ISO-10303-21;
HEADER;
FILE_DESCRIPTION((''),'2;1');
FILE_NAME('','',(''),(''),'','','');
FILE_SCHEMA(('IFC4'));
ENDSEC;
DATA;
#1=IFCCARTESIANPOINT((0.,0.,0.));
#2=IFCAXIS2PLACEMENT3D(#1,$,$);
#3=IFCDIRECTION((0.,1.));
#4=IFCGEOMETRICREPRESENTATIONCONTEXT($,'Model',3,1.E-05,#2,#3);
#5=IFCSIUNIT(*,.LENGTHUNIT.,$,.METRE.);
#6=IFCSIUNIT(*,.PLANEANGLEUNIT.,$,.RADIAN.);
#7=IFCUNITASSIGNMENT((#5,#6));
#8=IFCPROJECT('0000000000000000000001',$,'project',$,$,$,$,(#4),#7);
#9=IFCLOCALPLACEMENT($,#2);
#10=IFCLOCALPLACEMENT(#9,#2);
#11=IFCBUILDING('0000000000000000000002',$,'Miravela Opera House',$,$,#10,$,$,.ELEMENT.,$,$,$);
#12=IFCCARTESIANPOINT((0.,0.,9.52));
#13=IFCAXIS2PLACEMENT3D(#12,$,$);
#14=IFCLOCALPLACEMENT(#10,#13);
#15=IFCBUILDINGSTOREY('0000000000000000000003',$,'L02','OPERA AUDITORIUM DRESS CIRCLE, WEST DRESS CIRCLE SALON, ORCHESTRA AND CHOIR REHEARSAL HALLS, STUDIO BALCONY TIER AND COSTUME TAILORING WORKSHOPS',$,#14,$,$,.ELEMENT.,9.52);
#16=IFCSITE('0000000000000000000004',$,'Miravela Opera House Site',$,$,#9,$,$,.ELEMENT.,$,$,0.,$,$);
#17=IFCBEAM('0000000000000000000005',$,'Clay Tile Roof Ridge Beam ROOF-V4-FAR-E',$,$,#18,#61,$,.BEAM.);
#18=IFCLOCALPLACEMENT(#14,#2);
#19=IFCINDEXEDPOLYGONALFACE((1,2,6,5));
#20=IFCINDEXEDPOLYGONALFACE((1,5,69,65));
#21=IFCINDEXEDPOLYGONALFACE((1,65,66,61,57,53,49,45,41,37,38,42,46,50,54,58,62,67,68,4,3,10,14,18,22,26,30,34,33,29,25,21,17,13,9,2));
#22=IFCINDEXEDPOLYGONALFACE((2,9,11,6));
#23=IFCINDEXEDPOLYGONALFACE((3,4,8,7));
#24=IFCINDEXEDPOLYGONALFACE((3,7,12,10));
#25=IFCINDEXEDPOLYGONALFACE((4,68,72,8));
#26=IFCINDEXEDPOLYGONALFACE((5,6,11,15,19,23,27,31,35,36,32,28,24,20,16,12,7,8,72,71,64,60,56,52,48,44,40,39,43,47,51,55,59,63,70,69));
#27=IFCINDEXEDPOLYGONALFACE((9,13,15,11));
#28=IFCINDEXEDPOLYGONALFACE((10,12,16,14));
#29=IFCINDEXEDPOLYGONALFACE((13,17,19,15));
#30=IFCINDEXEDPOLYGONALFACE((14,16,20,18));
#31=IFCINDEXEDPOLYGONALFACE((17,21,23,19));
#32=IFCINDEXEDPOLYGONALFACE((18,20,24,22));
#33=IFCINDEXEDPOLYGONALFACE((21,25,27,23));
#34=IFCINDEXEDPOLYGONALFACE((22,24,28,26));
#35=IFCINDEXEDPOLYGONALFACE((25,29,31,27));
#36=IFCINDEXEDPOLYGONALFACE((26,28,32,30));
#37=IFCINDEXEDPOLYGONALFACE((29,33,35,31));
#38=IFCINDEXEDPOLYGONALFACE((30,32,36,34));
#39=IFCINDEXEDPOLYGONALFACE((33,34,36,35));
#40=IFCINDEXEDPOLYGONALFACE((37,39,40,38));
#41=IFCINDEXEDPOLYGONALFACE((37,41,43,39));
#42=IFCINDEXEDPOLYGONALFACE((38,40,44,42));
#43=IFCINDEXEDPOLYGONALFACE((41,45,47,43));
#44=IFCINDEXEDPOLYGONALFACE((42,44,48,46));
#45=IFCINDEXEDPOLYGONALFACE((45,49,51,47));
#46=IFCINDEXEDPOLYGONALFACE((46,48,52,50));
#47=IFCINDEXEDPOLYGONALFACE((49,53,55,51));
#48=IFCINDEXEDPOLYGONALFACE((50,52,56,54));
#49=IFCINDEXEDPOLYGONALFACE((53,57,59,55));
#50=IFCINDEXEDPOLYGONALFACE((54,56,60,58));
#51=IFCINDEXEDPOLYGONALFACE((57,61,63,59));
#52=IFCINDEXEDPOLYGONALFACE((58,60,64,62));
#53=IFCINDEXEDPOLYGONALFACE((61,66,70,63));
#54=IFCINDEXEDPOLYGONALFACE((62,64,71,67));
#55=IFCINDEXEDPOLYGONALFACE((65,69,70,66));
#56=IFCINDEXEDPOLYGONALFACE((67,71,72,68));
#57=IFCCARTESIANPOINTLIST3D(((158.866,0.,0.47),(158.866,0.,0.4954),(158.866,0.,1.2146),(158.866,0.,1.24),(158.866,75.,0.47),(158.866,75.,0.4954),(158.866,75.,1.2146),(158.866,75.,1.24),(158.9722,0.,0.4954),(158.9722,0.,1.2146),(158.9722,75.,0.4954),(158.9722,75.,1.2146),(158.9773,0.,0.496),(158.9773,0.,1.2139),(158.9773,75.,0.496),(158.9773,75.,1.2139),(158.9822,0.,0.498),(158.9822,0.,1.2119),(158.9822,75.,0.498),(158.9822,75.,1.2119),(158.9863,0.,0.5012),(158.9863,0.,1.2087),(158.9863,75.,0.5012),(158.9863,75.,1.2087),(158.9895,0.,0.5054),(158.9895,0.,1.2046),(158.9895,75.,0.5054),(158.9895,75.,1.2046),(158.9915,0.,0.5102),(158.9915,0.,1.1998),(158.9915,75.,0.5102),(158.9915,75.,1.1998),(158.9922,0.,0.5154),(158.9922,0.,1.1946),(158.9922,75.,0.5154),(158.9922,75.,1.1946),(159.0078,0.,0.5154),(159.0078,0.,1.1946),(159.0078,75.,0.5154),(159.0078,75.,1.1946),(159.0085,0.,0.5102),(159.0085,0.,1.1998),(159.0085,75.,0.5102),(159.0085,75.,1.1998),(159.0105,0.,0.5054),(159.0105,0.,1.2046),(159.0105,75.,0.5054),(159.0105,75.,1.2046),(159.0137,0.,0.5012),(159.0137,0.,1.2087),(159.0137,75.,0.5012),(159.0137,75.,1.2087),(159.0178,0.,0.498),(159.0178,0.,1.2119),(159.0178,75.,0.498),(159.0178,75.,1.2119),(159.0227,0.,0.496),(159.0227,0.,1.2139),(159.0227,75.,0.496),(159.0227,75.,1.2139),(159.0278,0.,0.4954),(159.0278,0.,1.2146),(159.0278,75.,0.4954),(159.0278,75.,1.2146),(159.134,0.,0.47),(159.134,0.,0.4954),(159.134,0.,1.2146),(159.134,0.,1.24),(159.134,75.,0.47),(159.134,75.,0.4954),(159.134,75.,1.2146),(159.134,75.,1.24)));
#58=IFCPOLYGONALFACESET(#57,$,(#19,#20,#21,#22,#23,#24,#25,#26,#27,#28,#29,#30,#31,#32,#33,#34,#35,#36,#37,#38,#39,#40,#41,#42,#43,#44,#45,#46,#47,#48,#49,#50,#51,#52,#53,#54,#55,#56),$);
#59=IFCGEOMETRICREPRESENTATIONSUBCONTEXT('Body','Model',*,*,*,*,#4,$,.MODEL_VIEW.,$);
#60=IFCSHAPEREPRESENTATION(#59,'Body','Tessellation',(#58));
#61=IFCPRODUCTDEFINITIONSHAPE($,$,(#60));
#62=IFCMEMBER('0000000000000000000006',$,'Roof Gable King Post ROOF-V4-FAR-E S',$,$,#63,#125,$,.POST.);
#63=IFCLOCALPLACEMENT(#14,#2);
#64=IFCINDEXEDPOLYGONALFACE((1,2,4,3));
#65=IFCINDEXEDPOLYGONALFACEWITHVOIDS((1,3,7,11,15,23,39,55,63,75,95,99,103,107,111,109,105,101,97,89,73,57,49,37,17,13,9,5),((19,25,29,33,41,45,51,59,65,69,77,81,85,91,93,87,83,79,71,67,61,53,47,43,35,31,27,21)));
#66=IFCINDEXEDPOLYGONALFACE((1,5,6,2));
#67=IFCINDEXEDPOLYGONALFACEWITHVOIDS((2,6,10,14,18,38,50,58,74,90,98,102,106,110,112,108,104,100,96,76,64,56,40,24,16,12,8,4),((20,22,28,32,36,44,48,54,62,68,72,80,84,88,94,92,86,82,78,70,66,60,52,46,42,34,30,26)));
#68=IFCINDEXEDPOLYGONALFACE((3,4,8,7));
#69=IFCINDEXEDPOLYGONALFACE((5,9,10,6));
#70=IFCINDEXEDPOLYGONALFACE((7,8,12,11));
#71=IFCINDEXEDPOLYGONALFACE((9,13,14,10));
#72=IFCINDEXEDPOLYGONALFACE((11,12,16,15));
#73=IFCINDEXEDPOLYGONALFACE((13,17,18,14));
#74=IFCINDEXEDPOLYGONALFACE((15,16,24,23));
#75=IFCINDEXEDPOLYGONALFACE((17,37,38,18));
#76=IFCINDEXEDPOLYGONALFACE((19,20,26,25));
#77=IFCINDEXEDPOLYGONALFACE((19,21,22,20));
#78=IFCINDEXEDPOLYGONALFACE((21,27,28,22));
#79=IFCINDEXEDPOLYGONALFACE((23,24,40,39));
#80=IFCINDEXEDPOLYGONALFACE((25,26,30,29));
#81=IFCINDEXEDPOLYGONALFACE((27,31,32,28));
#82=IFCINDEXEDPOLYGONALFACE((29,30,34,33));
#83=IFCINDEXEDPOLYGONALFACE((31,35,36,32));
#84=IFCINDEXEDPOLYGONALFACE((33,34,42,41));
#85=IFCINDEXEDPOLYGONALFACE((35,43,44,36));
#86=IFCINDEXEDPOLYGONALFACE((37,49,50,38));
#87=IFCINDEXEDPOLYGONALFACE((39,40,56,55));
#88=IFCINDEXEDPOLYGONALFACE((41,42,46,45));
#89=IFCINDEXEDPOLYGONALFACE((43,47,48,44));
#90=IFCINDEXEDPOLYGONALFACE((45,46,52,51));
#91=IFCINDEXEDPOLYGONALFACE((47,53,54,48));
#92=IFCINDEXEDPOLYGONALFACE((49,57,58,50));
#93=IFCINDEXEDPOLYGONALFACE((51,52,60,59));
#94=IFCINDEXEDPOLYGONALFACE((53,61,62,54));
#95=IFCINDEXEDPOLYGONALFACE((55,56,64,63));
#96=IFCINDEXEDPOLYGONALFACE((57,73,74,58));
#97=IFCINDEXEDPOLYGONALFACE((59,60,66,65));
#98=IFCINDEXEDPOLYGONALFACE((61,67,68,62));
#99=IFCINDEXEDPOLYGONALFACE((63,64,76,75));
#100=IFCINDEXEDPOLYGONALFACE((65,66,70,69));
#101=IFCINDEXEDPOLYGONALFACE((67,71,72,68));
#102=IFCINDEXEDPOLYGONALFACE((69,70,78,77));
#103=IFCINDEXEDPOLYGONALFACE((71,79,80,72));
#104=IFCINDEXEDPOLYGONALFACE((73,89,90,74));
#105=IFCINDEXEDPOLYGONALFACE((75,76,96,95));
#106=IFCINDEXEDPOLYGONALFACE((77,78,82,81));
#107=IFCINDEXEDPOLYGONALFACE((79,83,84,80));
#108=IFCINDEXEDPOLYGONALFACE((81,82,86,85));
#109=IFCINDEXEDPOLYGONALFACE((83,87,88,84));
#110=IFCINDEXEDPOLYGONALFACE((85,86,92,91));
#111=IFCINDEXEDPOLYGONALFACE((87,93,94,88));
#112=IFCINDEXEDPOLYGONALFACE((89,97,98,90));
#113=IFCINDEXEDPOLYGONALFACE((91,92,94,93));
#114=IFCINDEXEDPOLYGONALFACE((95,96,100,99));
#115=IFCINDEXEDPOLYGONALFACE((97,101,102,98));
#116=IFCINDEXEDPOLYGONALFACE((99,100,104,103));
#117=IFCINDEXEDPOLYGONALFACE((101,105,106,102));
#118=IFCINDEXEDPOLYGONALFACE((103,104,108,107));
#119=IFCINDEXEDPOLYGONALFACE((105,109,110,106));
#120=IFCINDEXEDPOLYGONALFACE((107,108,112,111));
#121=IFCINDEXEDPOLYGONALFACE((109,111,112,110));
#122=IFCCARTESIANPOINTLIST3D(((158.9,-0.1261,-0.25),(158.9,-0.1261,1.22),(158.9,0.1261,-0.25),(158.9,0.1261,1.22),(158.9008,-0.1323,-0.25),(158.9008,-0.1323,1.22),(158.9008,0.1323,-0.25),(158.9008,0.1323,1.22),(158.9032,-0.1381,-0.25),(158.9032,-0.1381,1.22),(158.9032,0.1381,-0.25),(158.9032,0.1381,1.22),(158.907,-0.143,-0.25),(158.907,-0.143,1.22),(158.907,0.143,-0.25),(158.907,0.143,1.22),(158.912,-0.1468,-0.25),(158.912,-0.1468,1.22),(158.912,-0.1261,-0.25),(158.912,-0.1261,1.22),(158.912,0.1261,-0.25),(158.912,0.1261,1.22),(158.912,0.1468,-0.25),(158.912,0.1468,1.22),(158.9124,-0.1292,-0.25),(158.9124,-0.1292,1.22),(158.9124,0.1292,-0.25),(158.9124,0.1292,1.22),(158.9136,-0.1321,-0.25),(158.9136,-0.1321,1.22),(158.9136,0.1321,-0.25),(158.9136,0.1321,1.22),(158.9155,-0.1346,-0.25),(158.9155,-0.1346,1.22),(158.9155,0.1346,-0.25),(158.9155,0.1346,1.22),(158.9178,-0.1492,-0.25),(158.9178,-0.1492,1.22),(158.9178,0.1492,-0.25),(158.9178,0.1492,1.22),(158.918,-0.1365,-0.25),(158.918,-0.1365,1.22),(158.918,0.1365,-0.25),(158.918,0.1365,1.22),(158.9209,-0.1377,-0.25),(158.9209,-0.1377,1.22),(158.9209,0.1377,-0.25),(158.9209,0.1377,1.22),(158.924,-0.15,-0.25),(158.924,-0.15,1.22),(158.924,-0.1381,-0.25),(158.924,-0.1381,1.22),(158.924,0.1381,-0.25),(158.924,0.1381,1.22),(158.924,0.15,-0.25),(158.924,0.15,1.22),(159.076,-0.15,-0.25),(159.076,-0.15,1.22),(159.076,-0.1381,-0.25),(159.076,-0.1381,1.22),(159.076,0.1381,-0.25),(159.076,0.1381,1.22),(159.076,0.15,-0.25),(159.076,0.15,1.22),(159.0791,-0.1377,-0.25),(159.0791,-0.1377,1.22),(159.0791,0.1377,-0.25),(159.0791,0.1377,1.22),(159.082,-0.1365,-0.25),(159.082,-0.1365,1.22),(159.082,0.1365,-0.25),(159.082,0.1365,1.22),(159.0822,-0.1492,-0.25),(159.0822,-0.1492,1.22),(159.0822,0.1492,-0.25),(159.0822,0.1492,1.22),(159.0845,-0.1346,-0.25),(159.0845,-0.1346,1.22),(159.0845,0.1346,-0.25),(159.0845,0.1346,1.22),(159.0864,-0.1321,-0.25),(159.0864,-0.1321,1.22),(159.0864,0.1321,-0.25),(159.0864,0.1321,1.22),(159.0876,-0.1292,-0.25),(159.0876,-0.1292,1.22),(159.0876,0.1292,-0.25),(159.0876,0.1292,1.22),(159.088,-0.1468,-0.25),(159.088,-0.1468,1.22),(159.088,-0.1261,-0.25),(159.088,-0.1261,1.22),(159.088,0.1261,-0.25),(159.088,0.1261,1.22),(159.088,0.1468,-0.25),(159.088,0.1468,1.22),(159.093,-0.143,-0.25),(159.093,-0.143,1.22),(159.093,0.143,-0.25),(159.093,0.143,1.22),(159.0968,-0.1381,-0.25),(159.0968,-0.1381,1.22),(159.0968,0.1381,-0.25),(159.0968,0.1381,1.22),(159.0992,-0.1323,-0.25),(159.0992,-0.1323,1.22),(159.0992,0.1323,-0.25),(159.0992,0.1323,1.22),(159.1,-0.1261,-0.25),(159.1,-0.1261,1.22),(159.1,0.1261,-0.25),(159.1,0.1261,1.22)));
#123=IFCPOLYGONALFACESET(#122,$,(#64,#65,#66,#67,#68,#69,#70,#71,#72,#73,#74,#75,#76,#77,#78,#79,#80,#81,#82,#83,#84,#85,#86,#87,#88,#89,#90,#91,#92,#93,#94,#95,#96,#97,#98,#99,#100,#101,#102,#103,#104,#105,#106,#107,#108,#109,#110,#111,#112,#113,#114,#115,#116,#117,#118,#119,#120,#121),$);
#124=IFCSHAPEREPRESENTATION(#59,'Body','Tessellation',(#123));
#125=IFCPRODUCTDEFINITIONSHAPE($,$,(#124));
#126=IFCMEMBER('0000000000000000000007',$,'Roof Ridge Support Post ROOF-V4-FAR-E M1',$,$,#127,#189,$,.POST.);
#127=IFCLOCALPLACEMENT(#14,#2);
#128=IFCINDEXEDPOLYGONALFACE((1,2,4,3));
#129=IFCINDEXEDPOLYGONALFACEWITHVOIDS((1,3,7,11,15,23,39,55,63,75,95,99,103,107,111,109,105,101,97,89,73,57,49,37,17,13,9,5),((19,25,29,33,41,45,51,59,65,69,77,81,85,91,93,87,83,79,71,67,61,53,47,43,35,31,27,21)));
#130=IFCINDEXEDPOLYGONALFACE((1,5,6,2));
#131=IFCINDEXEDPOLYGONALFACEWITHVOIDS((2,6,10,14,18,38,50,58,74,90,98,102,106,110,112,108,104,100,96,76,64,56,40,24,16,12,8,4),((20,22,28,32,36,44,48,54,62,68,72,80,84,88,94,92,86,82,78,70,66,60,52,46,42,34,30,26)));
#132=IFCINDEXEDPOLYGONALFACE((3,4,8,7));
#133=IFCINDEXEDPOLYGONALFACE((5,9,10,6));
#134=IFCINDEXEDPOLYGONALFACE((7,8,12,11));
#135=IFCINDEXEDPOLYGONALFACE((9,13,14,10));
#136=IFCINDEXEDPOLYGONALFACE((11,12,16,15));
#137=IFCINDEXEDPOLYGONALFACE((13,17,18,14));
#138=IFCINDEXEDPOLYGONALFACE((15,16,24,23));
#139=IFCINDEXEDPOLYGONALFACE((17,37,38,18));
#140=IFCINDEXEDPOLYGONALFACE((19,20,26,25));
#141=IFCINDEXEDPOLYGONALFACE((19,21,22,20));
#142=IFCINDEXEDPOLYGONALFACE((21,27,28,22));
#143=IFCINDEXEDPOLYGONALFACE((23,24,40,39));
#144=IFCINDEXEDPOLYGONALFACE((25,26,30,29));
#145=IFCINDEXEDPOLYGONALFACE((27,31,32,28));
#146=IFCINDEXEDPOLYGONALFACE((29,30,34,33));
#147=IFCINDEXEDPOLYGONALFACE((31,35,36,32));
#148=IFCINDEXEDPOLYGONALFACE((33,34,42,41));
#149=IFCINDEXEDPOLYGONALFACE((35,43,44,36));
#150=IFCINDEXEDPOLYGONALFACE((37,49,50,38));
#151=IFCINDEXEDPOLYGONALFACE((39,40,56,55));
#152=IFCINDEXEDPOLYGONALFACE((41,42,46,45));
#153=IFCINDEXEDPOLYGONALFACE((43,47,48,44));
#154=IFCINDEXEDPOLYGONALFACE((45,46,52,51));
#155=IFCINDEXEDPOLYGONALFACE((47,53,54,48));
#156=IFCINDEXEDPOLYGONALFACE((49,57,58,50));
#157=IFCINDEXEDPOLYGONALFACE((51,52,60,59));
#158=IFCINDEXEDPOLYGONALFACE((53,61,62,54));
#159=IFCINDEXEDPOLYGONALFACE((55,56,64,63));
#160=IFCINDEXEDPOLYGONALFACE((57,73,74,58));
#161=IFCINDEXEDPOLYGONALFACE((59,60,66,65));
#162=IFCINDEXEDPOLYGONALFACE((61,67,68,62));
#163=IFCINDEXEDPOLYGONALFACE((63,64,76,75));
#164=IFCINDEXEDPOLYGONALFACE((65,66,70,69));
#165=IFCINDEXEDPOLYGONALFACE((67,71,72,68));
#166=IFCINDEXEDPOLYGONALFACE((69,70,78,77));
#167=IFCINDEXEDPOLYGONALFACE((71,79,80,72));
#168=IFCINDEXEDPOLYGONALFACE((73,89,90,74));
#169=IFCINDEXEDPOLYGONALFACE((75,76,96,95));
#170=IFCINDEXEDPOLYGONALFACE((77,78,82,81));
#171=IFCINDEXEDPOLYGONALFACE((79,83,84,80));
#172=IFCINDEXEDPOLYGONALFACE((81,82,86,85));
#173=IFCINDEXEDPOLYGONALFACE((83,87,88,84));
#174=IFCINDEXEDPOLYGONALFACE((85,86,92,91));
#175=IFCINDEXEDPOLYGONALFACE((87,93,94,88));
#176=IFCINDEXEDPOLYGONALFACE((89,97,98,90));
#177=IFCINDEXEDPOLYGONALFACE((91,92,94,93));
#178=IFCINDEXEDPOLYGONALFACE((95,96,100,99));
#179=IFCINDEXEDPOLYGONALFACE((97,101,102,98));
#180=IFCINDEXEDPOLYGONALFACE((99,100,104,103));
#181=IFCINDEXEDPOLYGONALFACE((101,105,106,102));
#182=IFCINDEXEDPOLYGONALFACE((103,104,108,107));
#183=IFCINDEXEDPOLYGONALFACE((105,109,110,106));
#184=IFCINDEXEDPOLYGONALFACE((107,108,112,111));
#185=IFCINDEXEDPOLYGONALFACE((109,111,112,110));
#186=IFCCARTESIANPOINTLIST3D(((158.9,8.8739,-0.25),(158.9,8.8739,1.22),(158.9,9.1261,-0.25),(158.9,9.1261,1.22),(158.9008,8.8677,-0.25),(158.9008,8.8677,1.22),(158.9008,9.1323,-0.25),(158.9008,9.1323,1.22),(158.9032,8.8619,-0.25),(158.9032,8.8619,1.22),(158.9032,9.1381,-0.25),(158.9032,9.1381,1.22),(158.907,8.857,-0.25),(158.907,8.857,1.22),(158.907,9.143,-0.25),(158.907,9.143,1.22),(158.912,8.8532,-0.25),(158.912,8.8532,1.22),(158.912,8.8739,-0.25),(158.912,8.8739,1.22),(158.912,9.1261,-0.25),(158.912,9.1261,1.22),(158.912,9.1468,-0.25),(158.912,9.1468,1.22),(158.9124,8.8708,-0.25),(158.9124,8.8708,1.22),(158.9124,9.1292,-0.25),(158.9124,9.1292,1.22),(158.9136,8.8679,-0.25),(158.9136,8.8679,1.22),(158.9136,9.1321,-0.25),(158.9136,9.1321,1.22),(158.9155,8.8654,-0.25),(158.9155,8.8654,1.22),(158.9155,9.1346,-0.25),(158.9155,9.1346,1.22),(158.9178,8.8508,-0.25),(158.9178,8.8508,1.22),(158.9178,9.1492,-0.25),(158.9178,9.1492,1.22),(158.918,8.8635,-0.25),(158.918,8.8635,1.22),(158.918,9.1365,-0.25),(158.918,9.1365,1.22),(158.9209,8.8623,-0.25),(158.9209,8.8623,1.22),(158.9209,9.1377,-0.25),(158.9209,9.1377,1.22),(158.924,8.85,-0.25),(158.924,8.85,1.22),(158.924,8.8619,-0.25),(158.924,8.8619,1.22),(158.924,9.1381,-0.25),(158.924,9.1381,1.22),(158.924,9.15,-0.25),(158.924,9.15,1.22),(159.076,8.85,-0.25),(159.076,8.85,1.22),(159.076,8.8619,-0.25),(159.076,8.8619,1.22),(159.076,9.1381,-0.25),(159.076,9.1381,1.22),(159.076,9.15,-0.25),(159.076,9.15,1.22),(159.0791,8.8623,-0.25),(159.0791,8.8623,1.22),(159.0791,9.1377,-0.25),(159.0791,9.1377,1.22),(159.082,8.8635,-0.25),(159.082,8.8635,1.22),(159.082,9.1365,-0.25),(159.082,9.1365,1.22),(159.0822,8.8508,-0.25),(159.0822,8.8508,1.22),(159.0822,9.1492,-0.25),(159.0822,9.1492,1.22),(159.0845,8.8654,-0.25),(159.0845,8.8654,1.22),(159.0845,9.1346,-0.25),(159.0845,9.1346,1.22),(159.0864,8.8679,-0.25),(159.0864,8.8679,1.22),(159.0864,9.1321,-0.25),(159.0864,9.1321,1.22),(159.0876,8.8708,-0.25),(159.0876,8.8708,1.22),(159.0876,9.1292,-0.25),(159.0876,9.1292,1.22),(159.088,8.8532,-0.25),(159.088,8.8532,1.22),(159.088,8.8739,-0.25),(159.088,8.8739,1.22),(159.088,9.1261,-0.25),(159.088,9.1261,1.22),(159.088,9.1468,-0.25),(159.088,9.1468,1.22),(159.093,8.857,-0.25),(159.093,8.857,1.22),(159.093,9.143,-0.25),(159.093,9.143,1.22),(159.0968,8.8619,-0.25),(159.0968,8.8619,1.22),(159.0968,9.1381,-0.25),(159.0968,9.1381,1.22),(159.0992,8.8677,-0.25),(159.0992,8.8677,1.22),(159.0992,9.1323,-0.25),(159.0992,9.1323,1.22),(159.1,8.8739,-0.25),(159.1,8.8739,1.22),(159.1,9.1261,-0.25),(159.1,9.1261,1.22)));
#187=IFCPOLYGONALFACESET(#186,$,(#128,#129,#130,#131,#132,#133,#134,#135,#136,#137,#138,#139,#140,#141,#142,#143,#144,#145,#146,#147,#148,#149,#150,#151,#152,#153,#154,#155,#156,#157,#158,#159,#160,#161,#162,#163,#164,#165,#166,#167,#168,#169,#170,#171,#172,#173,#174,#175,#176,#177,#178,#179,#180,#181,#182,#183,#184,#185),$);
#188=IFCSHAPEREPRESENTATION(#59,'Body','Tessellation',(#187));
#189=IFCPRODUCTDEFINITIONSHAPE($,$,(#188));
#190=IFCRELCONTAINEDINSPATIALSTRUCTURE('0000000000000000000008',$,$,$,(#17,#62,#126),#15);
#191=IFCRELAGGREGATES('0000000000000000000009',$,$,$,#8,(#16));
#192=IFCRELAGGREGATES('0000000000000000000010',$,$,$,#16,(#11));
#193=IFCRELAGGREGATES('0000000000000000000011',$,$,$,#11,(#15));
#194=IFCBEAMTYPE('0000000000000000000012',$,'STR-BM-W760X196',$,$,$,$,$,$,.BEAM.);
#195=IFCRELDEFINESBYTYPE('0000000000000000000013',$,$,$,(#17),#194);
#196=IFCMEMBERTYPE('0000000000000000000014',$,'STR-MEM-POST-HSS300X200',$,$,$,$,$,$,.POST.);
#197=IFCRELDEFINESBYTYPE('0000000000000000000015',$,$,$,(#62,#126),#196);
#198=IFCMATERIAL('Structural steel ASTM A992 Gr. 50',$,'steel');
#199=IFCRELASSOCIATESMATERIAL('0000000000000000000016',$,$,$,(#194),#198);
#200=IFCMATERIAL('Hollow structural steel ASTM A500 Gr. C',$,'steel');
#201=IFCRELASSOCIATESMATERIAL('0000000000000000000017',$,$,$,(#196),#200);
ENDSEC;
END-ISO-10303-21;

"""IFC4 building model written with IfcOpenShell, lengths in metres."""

from ifc_helpers import new_model, si_unit, direction, frame, origin, origin_2d, place, context, subcontext, project, spatial, hollow_rectangle, i_section, extrude, material, material_profile, profile_set, type_object, element, save


model = new_model("IFC4")

# Units and contexts
model_context = context("Model", 3, precision=1e-05, world=origin(), true_north=direction((0.0, 1.0)))
body_context = subcontext(model_context, "Body", "Model", "MODEL_VIEW")
ifc_project = project(units=[si_unit("LENGTHUNIT", "METRE"), si_unit("PLANEANGLEUNIT", "RADIAN")], contexts=[model_context])

# Site, building, storey
site_placement = place(None, origin())
site = spatial("IfcSite", under=ifc_project, at=site_placement, Name="Miravela Opera House Site", CompositionType="ELEMENT", RefElevation=0.0)
building_placement = place(site_placement, origin())
building = spatial("IfcBuilding", under=site, at=building_placement, Name="Miravela Opera House", CompositionType="ELEMENT")
storey_placement = place(building_placement, frame((0.0, 0.0, 9.52)))
storey = spatial("IfcBuildingStorey", under=building, at=storey_placement, Name="L02", Description="OPERA AUDITORIUM DRESS CIRCLE, WEST DRESS CIRCLE SALON, ORCHESTRA AND CHOIR REHEARSAL HALLS, STUDIO BALCONY TIER AND COSTUME TAILORING WORKSHOPS", CompositionType="ELEMENT", Elevation=9.52)

# Beam
ifc_material_1 = material(Name="Structural steel ASTM A992 Gr. 50", Category="steel")
ifc_material_profile_1 = material_profile(ifc_material_1, i_section(OverallWidth=0.2681, OverallDepth=0.77, WebThickness=0.0156, FlangeThickness=0.0254, FilletRadius=0.02, at=origin_2d()), Name="W760X196")
ifc_profile_set_1 = profile_set([ifc_material_profile_1])
beam_type_1 = type_object("IfcBeamType", Name="STR-BM-W760X196", PredefinedType="BEAM", material=ifc_profile_set_1)
beam_1_placement = place(storey_placement, frame((159.0, 0.0, 0.855), z_axis=(0.0, 1.0, 0.0), x_axis=(-1.0, 0.0, 0.0)))
element("IfcBeam", 1, at=beam_1_placement, inside=storey, type_object=beam_type_1, Name="Clay Tile Roof Ridge Beam ROOF-V4-FAR-E", PredefinedType="BEAM", context=body_context, shape_type="SweptSolid", body=[
    extrude(i_section(OverallWidth=0.2681, OverallDepth=0.77, WebThickness=0.0156, FlangeThickness=0.0254, FilletRadius=0.02, at=origin_2d()), origin(), (0.0, 0.0, 1.0), 75.0),
])

# Members
ifc_material_2 = material(Name="Hollow structural steel ASTM A500 Gr. C", Category="steel")
ifc_material_profile_2 = material_profile(ifc_material_2, hollow_rectangle(XDim=0.2, YDim=0.3, WallThickness=0.012, InnerFilletRadius=0.012, OuterFilletRadius=0.0239, at=origin_2d()), Name="HSS300X200X12")
ifc_profile_set_2 = profile_set([ifc_material_profile_2])
member_type_1 = type_object("IfcMemberType", Name="STR-MEM-POST-HSS300X200", PredefinedType="POST", material=ifc_profile_set_2)
for number, where, z_axis, x_axis, name in (
    (2, (159.0, 0.0, -0.25), (0.0, 0.0, 1.0), (1.0, 0.0, 0.0), "Roof Gable King Post ROOF-V4-FAR-E S"),
    (3, (159.0, 9.0, -0.25), (0.0, 0.0, 1.0), (1.0, 0.0, 0.0), "Roof Ridge Support Post ROOF-V4-FAR-E M1"),
):
    element("IfcMember", number, at=place(storey_placement, frame(where, z_axis=z_axis, x_axis=x_axis)), inside=storey, type_object=member_type_1, Name=name, PredefinedType="POST", context=body_context, shape_type="SweptSolid", body=[
        extrude(hollow_rectangle(XDim=0.2, YDim=0.3, WallThickness=0.012, InnerFilletRadius=0.012, OuterFilletRadius=0.0239, at=origin_2d()), origin(), (0.0, 0.0, 1.0), 1.47),
    ])

save(model, "model.ifc")
